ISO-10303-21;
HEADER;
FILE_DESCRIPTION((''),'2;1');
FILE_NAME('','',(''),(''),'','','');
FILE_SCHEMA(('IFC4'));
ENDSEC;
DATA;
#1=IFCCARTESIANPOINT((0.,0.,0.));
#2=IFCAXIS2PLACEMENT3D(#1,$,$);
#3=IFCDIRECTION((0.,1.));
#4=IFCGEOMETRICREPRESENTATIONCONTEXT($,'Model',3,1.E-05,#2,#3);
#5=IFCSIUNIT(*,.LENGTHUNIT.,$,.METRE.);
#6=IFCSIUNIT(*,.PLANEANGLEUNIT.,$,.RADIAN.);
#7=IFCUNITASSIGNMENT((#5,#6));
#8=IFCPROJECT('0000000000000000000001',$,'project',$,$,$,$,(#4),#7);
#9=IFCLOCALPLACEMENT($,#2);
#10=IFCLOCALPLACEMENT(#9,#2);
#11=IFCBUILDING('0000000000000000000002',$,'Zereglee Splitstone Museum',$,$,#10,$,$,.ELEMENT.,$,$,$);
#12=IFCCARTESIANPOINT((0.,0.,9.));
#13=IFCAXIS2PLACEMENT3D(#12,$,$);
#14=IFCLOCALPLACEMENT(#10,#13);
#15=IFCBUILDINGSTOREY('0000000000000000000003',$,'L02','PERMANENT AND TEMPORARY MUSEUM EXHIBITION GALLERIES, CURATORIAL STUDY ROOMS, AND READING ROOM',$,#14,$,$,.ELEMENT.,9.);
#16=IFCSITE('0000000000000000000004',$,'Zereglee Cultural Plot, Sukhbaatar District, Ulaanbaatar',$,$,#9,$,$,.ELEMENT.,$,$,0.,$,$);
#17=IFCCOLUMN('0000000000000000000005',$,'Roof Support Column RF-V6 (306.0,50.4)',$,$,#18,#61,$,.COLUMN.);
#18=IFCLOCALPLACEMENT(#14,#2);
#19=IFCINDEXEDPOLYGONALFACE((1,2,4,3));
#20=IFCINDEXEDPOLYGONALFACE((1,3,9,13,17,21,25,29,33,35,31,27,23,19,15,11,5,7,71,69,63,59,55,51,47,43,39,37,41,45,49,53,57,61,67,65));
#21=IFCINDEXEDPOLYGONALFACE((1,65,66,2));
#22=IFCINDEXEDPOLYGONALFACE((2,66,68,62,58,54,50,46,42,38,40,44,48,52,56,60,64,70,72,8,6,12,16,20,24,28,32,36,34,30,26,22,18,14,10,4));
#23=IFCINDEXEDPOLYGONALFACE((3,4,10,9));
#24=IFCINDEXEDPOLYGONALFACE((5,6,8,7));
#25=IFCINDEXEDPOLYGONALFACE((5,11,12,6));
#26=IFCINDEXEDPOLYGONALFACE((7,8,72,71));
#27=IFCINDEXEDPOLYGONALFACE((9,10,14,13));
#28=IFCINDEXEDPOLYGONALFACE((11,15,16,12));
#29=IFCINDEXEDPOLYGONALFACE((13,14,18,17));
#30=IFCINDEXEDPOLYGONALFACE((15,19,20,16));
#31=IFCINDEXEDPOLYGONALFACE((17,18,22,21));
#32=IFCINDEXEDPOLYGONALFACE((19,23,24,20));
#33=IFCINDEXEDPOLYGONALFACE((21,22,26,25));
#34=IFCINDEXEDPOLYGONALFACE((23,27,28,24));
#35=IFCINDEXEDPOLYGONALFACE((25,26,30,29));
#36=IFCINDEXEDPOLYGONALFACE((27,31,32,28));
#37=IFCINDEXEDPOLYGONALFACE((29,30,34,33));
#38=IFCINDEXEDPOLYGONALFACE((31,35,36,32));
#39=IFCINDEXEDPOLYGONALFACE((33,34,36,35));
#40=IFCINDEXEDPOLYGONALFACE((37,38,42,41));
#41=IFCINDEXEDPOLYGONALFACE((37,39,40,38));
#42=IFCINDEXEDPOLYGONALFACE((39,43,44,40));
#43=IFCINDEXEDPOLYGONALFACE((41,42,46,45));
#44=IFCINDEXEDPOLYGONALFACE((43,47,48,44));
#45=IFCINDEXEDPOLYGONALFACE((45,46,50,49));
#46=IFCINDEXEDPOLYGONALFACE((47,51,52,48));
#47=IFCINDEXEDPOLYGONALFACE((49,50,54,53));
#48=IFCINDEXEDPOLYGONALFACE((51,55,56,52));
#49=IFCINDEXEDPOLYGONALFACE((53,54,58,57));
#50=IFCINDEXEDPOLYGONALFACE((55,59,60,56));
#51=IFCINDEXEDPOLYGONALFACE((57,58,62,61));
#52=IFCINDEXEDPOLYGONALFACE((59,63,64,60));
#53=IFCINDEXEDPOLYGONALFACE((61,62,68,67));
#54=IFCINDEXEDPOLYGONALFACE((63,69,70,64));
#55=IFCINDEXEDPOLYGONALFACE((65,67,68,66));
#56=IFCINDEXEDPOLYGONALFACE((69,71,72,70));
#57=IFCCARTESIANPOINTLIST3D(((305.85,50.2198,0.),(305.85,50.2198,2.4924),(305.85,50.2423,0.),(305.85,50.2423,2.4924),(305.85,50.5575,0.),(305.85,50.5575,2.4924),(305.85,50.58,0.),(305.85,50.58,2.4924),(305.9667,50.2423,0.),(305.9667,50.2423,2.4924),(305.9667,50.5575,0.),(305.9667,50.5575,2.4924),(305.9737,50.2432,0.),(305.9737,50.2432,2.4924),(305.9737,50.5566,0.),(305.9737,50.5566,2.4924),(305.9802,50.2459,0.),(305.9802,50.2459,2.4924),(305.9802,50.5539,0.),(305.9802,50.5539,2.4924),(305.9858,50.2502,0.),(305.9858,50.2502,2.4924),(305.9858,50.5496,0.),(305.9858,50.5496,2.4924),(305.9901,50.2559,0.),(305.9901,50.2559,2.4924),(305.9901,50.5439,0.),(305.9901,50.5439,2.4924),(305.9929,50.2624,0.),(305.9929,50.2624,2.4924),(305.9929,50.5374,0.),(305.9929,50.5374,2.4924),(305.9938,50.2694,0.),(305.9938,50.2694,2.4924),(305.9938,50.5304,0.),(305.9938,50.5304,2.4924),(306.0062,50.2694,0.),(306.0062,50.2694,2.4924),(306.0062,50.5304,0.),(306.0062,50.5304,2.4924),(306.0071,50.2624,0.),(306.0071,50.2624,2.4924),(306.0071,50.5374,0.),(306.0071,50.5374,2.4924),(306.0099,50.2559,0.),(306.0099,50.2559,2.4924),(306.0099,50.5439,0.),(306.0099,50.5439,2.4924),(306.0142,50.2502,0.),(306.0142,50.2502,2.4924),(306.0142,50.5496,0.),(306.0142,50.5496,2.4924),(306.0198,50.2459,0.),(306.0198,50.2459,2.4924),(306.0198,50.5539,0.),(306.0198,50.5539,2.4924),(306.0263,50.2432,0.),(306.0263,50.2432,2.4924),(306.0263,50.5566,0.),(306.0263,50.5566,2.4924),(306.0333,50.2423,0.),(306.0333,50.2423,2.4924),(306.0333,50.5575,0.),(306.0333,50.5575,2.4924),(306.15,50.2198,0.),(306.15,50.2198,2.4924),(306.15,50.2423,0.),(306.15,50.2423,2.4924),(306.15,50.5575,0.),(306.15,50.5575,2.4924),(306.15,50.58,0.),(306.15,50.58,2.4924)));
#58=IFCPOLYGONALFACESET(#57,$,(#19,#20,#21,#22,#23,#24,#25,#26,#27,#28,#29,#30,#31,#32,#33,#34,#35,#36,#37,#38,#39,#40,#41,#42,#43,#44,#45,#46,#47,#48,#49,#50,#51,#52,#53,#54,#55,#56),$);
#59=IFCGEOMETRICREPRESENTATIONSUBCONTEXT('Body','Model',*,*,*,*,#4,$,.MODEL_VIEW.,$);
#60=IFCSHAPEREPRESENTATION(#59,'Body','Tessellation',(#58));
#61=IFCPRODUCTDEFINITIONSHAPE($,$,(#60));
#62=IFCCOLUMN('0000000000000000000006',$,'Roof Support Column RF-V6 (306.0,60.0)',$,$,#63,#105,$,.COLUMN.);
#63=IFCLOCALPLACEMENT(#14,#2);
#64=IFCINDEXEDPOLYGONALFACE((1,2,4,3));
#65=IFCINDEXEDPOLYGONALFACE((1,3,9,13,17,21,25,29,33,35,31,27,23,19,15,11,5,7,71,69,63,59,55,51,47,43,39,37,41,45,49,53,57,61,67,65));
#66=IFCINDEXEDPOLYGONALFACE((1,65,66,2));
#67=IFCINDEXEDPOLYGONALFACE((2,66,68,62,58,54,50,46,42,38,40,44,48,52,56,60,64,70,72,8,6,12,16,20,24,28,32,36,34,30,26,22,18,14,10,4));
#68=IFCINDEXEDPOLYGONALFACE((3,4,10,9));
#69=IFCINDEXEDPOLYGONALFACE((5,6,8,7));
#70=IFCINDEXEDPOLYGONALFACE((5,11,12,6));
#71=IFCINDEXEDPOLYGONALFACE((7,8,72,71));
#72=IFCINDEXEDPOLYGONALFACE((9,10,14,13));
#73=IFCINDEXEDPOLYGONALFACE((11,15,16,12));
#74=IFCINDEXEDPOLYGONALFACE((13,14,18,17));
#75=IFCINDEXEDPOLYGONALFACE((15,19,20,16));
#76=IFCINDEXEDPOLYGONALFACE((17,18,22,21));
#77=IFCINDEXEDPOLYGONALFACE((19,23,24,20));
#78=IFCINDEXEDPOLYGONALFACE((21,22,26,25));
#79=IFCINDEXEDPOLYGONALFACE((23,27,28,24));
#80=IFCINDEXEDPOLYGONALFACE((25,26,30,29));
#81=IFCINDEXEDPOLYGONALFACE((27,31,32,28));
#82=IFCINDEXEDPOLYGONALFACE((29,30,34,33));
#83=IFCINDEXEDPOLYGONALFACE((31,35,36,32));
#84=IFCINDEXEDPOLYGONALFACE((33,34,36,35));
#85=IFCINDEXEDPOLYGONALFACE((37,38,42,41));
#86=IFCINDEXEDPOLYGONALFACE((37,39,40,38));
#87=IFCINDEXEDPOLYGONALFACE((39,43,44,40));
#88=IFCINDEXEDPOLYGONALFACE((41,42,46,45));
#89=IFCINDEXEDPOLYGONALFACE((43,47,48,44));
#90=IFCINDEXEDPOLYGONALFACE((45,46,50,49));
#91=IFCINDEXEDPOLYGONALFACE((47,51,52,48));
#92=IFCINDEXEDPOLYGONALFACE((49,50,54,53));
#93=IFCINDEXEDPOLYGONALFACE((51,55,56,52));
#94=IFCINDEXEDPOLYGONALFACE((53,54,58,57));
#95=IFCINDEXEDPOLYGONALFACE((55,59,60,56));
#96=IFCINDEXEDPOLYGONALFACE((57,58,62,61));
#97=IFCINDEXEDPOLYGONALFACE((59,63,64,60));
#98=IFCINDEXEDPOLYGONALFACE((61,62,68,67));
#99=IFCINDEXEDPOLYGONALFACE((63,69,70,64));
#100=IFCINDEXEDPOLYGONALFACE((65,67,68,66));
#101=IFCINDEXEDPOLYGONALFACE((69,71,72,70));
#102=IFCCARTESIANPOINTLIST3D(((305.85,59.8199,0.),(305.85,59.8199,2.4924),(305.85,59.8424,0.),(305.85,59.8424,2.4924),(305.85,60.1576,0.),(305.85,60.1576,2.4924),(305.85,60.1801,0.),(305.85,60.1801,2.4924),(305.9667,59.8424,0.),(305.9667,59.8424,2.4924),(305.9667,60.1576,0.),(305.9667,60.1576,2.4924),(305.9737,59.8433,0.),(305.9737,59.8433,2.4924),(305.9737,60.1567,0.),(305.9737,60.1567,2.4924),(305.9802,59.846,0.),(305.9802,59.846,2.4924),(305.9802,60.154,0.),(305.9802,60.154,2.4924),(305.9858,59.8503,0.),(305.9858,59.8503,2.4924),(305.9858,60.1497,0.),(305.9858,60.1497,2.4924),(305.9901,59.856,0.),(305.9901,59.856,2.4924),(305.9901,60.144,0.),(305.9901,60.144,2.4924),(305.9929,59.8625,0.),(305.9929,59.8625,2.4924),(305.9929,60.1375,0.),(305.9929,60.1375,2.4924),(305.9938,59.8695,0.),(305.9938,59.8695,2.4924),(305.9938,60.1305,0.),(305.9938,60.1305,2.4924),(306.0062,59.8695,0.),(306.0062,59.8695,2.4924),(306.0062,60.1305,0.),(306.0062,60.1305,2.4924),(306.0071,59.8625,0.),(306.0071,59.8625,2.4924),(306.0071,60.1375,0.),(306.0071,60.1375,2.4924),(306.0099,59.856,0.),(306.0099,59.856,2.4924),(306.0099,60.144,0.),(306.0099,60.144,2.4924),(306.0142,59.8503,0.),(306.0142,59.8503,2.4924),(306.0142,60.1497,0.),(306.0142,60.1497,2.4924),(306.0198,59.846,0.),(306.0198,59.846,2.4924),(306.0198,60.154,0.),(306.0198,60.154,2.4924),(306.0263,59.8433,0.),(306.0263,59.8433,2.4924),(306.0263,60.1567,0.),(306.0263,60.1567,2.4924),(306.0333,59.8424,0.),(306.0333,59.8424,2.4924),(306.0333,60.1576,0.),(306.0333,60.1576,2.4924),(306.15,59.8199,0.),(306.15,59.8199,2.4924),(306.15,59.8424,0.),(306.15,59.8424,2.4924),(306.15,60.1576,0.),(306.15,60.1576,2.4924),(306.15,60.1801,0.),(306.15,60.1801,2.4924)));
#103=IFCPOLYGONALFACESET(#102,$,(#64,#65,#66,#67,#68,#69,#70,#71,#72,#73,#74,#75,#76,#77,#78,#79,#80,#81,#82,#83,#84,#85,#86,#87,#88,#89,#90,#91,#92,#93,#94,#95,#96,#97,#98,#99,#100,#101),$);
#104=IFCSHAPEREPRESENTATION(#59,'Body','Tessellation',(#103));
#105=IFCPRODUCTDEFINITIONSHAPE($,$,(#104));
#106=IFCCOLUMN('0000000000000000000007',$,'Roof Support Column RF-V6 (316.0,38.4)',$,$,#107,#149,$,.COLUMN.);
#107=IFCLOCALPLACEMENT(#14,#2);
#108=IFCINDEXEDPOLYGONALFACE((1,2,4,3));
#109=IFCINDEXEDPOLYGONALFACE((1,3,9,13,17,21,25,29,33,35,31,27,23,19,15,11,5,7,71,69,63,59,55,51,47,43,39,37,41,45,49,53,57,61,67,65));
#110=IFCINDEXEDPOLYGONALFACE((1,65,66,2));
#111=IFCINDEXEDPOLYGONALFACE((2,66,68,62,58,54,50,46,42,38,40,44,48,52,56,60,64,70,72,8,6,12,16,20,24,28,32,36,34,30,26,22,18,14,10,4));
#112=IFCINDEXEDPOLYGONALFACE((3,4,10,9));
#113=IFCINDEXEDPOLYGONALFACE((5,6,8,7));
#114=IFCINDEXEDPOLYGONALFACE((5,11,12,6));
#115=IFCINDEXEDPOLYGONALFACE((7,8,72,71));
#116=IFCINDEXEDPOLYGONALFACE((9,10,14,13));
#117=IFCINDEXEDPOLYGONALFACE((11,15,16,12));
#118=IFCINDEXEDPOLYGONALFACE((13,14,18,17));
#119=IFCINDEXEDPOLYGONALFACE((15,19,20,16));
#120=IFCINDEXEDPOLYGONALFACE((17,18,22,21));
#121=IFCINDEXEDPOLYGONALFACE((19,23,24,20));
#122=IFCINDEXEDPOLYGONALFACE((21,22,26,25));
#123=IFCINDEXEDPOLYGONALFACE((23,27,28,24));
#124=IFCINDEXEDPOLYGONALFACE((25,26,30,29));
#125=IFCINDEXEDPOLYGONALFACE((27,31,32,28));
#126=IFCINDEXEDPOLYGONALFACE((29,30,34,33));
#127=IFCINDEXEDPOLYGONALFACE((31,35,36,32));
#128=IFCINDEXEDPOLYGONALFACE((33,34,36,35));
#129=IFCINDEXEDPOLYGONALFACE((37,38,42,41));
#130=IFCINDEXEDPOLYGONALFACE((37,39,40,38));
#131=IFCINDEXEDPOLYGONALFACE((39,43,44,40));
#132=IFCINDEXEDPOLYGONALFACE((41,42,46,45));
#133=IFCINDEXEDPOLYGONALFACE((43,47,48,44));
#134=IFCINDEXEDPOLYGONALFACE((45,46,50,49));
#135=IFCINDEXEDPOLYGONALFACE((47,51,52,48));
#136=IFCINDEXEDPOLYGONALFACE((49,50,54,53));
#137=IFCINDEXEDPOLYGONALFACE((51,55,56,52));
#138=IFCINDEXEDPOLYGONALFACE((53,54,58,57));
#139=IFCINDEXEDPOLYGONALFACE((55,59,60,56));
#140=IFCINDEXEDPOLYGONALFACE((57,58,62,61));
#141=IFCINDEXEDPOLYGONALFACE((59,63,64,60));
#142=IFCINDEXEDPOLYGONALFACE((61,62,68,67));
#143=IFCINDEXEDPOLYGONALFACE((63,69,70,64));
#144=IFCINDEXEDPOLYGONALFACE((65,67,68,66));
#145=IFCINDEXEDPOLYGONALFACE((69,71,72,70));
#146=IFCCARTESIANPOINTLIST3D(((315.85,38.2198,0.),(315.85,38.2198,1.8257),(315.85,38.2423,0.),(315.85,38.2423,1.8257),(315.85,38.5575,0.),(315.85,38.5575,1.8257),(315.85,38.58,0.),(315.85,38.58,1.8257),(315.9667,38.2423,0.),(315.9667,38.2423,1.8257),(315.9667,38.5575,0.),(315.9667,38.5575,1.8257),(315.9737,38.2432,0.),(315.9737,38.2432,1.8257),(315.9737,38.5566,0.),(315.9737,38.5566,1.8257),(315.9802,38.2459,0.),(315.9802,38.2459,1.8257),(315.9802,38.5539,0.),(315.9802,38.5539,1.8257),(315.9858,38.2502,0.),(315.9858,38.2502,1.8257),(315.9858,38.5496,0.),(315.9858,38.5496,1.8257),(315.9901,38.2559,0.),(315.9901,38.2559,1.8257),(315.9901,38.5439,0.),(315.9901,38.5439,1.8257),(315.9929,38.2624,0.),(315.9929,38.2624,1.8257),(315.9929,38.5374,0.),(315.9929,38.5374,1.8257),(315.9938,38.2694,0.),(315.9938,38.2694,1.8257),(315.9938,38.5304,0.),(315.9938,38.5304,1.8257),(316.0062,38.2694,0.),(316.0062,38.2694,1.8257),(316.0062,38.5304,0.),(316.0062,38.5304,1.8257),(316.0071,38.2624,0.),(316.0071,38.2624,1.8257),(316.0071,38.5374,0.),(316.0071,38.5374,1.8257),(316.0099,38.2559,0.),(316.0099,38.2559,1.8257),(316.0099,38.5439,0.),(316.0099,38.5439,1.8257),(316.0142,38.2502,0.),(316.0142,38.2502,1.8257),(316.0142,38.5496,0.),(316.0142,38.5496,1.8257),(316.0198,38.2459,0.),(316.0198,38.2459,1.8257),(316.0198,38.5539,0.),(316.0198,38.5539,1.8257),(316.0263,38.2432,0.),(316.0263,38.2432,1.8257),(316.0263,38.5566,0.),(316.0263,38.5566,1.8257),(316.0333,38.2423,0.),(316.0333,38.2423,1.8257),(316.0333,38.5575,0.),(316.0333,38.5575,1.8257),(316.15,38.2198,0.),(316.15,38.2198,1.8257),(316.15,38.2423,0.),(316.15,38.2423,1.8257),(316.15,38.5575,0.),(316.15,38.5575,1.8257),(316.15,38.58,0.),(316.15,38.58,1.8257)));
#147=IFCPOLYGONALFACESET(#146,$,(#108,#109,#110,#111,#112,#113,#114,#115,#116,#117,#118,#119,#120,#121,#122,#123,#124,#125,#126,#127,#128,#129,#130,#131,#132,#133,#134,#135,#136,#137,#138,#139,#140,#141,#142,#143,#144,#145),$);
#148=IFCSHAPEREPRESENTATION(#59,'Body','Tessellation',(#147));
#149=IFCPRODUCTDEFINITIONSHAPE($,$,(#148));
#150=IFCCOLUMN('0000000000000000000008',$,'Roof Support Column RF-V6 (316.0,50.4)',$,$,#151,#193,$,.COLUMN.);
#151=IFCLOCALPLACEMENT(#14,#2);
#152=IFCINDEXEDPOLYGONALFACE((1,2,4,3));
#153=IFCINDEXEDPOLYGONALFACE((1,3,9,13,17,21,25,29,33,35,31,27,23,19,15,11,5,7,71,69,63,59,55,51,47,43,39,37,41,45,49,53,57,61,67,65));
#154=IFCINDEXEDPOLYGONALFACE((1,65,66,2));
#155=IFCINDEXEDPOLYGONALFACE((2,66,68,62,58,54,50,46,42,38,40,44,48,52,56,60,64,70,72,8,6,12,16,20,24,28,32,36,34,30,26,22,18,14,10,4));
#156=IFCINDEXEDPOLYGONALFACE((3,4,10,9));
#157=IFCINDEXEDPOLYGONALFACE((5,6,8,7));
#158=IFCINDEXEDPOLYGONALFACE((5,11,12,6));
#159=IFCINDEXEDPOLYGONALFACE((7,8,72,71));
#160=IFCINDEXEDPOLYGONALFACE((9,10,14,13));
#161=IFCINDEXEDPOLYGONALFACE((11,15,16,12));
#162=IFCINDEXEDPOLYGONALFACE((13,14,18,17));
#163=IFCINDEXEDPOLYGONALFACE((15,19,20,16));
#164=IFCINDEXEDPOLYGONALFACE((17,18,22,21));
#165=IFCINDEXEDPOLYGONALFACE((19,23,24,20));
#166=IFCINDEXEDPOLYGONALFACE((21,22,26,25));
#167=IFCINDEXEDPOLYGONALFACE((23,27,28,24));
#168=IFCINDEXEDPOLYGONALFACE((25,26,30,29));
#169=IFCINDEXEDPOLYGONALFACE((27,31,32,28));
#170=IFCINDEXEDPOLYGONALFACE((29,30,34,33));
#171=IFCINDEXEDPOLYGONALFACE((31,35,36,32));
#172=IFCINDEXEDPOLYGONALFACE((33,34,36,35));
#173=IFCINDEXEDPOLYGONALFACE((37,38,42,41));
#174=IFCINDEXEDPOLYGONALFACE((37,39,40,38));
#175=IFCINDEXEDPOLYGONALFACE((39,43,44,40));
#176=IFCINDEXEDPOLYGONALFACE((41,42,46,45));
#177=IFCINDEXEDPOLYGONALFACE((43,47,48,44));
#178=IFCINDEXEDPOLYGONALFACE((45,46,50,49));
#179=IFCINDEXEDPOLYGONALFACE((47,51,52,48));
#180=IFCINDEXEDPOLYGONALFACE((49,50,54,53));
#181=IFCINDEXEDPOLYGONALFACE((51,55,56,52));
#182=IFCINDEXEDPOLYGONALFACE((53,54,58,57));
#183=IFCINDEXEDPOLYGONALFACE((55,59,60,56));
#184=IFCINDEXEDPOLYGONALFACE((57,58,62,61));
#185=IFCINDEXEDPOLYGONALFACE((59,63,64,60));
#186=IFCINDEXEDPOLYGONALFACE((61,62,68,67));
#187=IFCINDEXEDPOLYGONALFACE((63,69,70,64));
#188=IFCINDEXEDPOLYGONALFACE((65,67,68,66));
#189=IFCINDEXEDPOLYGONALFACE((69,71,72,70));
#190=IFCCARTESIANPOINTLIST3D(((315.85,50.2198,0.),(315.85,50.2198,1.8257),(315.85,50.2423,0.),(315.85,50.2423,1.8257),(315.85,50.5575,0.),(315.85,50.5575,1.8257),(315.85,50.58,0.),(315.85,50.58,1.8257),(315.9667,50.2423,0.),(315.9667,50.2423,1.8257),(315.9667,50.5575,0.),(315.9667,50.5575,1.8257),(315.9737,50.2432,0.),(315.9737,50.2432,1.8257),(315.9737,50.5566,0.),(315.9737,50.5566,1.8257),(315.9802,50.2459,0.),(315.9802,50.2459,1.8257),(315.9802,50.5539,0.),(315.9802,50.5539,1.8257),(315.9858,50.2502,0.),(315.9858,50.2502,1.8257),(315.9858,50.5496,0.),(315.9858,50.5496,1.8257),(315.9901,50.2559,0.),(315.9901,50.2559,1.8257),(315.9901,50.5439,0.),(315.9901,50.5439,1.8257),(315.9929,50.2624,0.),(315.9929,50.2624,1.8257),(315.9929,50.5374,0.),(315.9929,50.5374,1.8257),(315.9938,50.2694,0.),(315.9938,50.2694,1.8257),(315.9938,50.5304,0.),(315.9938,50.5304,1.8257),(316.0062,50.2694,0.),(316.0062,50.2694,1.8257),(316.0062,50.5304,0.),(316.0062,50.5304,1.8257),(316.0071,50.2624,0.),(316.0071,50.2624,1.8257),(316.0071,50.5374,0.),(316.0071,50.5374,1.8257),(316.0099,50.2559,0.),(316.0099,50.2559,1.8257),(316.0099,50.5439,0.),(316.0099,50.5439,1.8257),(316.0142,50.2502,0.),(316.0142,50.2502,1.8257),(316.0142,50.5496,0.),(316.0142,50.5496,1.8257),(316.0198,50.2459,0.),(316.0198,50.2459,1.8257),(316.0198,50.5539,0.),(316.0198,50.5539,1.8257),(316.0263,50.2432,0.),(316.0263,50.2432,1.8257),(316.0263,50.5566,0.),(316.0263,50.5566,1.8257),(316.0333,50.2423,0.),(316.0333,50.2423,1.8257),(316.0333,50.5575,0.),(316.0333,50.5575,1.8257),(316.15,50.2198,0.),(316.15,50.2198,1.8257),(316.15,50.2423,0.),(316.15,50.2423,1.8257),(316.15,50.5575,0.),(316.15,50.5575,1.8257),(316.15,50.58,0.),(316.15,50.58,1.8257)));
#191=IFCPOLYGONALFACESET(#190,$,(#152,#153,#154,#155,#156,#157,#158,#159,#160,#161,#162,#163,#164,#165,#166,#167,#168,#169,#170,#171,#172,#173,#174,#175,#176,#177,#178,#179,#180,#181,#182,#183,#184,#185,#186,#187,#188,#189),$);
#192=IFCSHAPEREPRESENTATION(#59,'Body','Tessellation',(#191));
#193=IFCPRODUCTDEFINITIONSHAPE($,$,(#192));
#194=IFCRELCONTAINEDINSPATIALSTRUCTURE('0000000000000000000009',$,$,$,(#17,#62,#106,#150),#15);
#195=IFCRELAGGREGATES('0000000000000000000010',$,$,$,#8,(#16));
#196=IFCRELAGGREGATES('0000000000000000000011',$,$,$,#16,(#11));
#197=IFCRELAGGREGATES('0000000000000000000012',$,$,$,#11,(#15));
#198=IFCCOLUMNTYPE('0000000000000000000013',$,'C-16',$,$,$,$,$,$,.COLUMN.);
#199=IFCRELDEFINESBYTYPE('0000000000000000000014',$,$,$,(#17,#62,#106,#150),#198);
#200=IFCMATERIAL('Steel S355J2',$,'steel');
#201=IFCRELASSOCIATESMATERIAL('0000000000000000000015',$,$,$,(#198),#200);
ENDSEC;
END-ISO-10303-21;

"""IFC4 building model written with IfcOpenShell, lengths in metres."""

from ifc_helpers import new_model, si_unit, direction, frame, origin, origin_2d, place, context, subcontext, project, spatial, i_section, extrude, material, material_profile, profile_set, type_object, element, save


model = new_model("IFC4")

# Units and contexts
model_context = context("Model", 3, precision=1e-05, world=origin(), true_north=direction((0.0, 1.0)))
body_context = subcontext(model_context, "Body", "Model", "MODEL_VIEW")
ifc_project = project(units=[si_unit("LENGTHUNIT", "METRE"), si_unit("PLANEANGLEUNIT", "RADIAN")], contexts=[model_context])

# Site, building, storey
site_placement = place(None, origin())
site = spatial("IfcSite", under=ifc_project, at=site_placement, Name="Zereglee Cultural Plot, Sukhbaatar District, Ulaanbaatar", CompositionType="ELEMENT", RefElevation=0.0)
building_placement = place(site_placement, origin())
building = spatial("IfcBuilding", under=site, at=building_placement, Name="Zereglee Splitstone Museum", CompositionType="ELEMENT")
storey_placement = place(building_placement, frame((0.0, 0.0, 9.0)))
storey = spatial("IfcBuildingStorey", under=building, at=storey_placement, Name="L02", Description="PERMANENT AND TEMPORARY MUSEUM EXHIBITION GALLERIES, CURATORIAL STUDY ROOMS, AND READING ROOM", CompositionType="ELEMENT", Elevation=9.0)

# Columns
ifc_material_1 = material(Name="Steel S355J2", Category="steel")
ifc_material_profile_1 = material_profile(ifc_material_1, i_section(OverallWidth=0.3, OverallDepth=0.3601, WebThickness=0.0125, FlangeThickness=0.0225, FilletRadius=0.0271, at=origin_2d()), Name="HE 360 B")
ifc_profile_set_1 = profile_set([ifc_material_profile_1], Name="Steel S355J2")
column_type = type_object("IfcColumnType", Name="C-16", PredefinedType="COLUMN", material=ifc_profile_set_1)
for number, where, z_axis, x_axis, name in (
    (1, (306.0, 50.3999, 0.0), (0.0, 0.0, 1.0), (1.0, 0.0, 0.0), "Roof Support Column RF-V6 (306.0,50.4)"),
    (2, (306.0, 60.0, 0.0), (0.0, 0.0, 1.0), (1.0, 0.0, 0.0), "Roof Support Column RF-V6 (306.0,60.0)"),
):
    element("IfcColumn", number, at=place(storey_placement, frame(where, z_axis=z_axis, x_axis=x_axis)), inside=storey, type_object=column_type, Name=name, PredefinedType="COLUMN", context=body_context, shape_type="SweptSolid", body=[
        extrude(i_section(OverallWidth=0.3, OverallDepth=0.3601, WebThickness=0.0125, FlangeThickness=0.0225, FilletRadius=0.0271, at=origin_2d()), origin(), (0.0, 0.0, 1.0), 2.4924),
    ])
for number, where, z_axis, x_axis, name in (
    (3, (316.0, 38.3999, 0.0), (0.0, 0.0, 1.0), (1.0, 0.0, 0.0), "Roof Support Column RF-V6 (316.0,38.4)"),
    (4, (316.0, 50.3999, 0.0), (0.0, 0.0, 1.0), (1.0, 0.0, 0.0), "Roof Support Column RF-V6 (316.0,50.4)"),
):
    element("IfcColumn", number, at=place(storey_placement, frame(where, z_axis=z_axis, x_axis=x_axis)), inside=storey, type_object=column_type, Name=name, PredefinedType="COLUMN", context=body_context, shape_type="SweptSolid", body=[
        extrude(i_section(OverallWidth=0.3, OverallDepth=0.3601, WebThickness=0.0125, FlangeThickness=0.0225, FilletRadius=0.0271, at=origin_2d()), origin(), (0.0, 0.0, 1.0), 1.8257),
    ])

save(model, "model.ifc")
